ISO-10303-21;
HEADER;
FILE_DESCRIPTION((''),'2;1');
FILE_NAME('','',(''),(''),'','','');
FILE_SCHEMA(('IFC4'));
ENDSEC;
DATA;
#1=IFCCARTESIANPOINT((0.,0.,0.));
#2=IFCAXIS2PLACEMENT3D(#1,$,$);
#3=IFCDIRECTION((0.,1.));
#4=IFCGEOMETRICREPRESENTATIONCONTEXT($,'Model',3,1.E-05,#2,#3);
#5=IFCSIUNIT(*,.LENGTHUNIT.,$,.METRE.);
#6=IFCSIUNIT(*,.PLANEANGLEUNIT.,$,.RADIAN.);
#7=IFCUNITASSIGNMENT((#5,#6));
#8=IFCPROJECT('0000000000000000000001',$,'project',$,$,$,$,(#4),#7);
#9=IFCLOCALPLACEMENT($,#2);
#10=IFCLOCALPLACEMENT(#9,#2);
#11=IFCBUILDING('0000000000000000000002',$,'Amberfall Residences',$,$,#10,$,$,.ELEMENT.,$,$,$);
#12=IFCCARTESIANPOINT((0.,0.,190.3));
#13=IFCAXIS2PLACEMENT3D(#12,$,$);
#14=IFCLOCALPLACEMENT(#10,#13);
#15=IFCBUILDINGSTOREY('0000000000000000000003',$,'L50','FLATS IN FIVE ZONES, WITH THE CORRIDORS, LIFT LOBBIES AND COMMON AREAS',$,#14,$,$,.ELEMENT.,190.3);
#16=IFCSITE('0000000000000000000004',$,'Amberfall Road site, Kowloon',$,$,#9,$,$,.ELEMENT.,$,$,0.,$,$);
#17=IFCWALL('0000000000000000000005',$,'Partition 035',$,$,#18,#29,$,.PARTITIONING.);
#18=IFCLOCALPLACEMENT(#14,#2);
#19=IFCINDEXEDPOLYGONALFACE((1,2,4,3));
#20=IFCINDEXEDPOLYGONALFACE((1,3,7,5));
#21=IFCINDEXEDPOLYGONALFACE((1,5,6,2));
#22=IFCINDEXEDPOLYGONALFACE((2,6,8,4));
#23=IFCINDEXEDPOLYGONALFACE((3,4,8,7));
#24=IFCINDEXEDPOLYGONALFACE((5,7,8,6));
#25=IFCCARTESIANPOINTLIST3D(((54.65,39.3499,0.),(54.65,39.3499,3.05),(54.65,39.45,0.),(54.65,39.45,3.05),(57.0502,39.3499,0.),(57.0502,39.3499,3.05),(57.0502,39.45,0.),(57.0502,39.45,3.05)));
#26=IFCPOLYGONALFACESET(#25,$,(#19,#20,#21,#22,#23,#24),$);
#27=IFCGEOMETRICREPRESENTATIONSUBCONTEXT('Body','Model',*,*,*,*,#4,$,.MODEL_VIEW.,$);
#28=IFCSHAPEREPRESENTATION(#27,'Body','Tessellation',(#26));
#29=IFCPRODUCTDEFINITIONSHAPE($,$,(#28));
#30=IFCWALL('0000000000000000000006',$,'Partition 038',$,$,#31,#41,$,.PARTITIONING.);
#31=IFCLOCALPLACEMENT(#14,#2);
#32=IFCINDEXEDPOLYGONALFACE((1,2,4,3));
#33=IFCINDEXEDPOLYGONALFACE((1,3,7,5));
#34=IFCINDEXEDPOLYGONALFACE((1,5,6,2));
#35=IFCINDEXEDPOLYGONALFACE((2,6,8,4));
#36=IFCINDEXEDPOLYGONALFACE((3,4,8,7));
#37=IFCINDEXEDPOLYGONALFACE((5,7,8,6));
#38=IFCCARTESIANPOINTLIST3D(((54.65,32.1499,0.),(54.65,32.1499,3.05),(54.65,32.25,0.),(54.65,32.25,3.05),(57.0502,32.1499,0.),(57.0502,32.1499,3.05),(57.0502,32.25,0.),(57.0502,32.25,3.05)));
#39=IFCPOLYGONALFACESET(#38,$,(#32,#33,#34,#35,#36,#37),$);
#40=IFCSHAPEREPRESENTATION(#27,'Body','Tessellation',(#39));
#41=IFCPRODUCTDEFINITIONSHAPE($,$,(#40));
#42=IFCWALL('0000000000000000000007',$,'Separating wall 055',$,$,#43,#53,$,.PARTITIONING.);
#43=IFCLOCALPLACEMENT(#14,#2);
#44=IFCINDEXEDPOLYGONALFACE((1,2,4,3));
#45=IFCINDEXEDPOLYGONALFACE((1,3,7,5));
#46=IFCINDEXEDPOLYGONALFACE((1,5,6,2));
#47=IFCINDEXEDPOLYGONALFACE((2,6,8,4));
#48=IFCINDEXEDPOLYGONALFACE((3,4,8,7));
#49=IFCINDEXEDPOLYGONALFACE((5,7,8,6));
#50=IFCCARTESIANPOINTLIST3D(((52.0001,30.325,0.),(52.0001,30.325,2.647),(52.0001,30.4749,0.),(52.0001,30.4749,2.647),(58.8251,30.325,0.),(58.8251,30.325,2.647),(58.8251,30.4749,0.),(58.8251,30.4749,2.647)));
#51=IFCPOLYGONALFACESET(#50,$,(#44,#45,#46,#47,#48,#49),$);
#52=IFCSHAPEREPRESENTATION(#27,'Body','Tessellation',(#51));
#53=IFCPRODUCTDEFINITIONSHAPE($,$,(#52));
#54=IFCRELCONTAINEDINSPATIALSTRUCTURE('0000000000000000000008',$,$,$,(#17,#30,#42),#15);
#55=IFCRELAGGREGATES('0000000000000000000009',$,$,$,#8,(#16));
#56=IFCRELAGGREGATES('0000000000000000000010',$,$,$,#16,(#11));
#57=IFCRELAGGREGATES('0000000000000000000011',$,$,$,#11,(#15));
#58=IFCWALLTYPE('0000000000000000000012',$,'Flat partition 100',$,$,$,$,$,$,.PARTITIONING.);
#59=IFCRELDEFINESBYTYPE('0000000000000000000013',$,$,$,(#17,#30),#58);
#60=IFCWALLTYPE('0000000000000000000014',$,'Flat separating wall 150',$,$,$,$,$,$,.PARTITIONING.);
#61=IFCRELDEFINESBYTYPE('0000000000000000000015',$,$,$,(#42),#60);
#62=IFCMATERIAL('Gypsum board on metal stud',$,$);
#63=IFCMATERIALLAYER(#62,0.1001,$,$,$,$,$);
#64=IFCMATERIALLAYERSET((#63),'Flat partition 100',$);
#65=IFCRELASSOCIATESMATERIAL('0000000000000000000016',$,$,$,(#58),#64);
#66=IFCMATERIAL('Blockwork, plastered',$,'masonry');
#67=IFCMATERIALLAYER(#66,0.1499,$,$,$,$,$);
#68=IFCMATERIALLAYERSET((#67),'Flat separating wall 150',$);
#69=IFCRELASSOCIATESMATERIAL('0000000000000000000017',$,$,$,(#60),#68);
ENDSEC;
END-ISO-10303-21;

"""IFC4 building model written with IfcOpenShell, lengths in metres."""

from ifc_helpers import new_model, si_unit, direction, frame, frame_2d, origin, place, context, subcontext, project, spatial, rectangle, extrude, material, layer, layer_set, type_object, element, save


model = new_model("IFC4")

# Units and contexts
model_context = context("Model", 3, precision=1e-05, world=origin(), true_north=direction((0.0, 1.0)))
body_context = subcontext(model_context, "Body", "Model", "MODEL_VIEW")
ifc_project = project(units=[si_unit("LENGTHUNIT", "METRE"), si_unit("PLANEANGLEUNIT", "RADIAN")], contexts=[model_context])

# Site, building, storey
site_placement = place(None, origin())
site = spatial("IfcSite", under=ifc_project, at=site_placement, Name="Amberfall Road site, Kowloon", CompositionType="ELEMENT", RefElevation=0.0)
building_placement = place(site_placement, origin())
building = spatial("IfcBuilding", under=site, at=building_placement, Name="Amberfall Residences", CompositionType="ELEMENT")
storey_placement = place(building_placement, frame((0.0, 0.0, 190.3)))
storey = spatial("IfcBuildingStorey", under=building, at=storey_placement, Name="L50", Description="FLATS IN FIVE ZONES, WITH THE CORRIDORS, LIFT LOBBIES AND COMMON AREAS", CompositionType="ELEMENT", Elevation=190.3)

# Shared definitions
ifc_material_1 = material(Name="Gypsum board on metal stud")
ifc_layer_1 = layer(ifc_material_1, 0.1001)
ifc_layer_set_1 = layer_set([ifc_layer_1], Name="Flat partition 100")
wall_type_1 = type_object("IfcWallType", Name="Flat partition 100", PredefinedType="PARTITIONING", material=ifc_layer_set_1)

# Walls
for number, where, z_axis, x_axis, name in (
    (1, (54.6499, 39.3999, 0.0), (0.0, 0.0, 1.0), (1.0, 0.0, 0.0), "Partition 035"),
    (2, (54.6499, 32.2, 0.0), (0.0, 0.0, 1.0), (1.0, 0.0, 0.0), "Partition 038"),
):
    element("IfcWall", number, at=place(storey_placement, frame(where, z_axis=z_axis, x_axis=x_axis)), inside=storey, type_object=wall_type_1, Name=name, PredefinedType="PARTITIONING", context=body_context, shape_type="SweptSolid", body=[
        extrude(rectangle(XDim=2.4001, YDim=0.1001, at=frame_2d((1.2002, 0.0))), origin(), (0.0, 0.0, 1.0), 3.05),
    ])
ifc_material_2 = material(Name="Blockwork, plastered", Category="masonry")
ifc_layer_2 = layer(ifc_material_2, 0.1499)
ifc_layer_set_2 = layer_set([ifc_layer_2], Name="Flat separating wall 150")
wall_type_2 = type_object("IfcWallType", Name="Flat separating wall 150", PredefinedType="PARTITIONING", material=ifc_layer_set_2)
wall_1_placement = place(storey_placement, frame((52.0, 30.3999, 0.0), z_axis=(0.0, 0.0, 1.0), x_axis=(1.0, 0.0, 0.0)))
element("IfcWall", 3, at=wall_1_placement, inside=storey, type_object=wall_type_2, Name="Separating wall 055", PredefinedType="PARTITIONING", context=body_context, shape_type="SweptSolid", body=[
    extrude(rectangle(XDim=6.825, YDim=0.1499, at=frame_2d((3.4126, 0.0))), origin(), (0.0, 0.0, 1.0), 2.647),
])

save(model, "model.ifc")
